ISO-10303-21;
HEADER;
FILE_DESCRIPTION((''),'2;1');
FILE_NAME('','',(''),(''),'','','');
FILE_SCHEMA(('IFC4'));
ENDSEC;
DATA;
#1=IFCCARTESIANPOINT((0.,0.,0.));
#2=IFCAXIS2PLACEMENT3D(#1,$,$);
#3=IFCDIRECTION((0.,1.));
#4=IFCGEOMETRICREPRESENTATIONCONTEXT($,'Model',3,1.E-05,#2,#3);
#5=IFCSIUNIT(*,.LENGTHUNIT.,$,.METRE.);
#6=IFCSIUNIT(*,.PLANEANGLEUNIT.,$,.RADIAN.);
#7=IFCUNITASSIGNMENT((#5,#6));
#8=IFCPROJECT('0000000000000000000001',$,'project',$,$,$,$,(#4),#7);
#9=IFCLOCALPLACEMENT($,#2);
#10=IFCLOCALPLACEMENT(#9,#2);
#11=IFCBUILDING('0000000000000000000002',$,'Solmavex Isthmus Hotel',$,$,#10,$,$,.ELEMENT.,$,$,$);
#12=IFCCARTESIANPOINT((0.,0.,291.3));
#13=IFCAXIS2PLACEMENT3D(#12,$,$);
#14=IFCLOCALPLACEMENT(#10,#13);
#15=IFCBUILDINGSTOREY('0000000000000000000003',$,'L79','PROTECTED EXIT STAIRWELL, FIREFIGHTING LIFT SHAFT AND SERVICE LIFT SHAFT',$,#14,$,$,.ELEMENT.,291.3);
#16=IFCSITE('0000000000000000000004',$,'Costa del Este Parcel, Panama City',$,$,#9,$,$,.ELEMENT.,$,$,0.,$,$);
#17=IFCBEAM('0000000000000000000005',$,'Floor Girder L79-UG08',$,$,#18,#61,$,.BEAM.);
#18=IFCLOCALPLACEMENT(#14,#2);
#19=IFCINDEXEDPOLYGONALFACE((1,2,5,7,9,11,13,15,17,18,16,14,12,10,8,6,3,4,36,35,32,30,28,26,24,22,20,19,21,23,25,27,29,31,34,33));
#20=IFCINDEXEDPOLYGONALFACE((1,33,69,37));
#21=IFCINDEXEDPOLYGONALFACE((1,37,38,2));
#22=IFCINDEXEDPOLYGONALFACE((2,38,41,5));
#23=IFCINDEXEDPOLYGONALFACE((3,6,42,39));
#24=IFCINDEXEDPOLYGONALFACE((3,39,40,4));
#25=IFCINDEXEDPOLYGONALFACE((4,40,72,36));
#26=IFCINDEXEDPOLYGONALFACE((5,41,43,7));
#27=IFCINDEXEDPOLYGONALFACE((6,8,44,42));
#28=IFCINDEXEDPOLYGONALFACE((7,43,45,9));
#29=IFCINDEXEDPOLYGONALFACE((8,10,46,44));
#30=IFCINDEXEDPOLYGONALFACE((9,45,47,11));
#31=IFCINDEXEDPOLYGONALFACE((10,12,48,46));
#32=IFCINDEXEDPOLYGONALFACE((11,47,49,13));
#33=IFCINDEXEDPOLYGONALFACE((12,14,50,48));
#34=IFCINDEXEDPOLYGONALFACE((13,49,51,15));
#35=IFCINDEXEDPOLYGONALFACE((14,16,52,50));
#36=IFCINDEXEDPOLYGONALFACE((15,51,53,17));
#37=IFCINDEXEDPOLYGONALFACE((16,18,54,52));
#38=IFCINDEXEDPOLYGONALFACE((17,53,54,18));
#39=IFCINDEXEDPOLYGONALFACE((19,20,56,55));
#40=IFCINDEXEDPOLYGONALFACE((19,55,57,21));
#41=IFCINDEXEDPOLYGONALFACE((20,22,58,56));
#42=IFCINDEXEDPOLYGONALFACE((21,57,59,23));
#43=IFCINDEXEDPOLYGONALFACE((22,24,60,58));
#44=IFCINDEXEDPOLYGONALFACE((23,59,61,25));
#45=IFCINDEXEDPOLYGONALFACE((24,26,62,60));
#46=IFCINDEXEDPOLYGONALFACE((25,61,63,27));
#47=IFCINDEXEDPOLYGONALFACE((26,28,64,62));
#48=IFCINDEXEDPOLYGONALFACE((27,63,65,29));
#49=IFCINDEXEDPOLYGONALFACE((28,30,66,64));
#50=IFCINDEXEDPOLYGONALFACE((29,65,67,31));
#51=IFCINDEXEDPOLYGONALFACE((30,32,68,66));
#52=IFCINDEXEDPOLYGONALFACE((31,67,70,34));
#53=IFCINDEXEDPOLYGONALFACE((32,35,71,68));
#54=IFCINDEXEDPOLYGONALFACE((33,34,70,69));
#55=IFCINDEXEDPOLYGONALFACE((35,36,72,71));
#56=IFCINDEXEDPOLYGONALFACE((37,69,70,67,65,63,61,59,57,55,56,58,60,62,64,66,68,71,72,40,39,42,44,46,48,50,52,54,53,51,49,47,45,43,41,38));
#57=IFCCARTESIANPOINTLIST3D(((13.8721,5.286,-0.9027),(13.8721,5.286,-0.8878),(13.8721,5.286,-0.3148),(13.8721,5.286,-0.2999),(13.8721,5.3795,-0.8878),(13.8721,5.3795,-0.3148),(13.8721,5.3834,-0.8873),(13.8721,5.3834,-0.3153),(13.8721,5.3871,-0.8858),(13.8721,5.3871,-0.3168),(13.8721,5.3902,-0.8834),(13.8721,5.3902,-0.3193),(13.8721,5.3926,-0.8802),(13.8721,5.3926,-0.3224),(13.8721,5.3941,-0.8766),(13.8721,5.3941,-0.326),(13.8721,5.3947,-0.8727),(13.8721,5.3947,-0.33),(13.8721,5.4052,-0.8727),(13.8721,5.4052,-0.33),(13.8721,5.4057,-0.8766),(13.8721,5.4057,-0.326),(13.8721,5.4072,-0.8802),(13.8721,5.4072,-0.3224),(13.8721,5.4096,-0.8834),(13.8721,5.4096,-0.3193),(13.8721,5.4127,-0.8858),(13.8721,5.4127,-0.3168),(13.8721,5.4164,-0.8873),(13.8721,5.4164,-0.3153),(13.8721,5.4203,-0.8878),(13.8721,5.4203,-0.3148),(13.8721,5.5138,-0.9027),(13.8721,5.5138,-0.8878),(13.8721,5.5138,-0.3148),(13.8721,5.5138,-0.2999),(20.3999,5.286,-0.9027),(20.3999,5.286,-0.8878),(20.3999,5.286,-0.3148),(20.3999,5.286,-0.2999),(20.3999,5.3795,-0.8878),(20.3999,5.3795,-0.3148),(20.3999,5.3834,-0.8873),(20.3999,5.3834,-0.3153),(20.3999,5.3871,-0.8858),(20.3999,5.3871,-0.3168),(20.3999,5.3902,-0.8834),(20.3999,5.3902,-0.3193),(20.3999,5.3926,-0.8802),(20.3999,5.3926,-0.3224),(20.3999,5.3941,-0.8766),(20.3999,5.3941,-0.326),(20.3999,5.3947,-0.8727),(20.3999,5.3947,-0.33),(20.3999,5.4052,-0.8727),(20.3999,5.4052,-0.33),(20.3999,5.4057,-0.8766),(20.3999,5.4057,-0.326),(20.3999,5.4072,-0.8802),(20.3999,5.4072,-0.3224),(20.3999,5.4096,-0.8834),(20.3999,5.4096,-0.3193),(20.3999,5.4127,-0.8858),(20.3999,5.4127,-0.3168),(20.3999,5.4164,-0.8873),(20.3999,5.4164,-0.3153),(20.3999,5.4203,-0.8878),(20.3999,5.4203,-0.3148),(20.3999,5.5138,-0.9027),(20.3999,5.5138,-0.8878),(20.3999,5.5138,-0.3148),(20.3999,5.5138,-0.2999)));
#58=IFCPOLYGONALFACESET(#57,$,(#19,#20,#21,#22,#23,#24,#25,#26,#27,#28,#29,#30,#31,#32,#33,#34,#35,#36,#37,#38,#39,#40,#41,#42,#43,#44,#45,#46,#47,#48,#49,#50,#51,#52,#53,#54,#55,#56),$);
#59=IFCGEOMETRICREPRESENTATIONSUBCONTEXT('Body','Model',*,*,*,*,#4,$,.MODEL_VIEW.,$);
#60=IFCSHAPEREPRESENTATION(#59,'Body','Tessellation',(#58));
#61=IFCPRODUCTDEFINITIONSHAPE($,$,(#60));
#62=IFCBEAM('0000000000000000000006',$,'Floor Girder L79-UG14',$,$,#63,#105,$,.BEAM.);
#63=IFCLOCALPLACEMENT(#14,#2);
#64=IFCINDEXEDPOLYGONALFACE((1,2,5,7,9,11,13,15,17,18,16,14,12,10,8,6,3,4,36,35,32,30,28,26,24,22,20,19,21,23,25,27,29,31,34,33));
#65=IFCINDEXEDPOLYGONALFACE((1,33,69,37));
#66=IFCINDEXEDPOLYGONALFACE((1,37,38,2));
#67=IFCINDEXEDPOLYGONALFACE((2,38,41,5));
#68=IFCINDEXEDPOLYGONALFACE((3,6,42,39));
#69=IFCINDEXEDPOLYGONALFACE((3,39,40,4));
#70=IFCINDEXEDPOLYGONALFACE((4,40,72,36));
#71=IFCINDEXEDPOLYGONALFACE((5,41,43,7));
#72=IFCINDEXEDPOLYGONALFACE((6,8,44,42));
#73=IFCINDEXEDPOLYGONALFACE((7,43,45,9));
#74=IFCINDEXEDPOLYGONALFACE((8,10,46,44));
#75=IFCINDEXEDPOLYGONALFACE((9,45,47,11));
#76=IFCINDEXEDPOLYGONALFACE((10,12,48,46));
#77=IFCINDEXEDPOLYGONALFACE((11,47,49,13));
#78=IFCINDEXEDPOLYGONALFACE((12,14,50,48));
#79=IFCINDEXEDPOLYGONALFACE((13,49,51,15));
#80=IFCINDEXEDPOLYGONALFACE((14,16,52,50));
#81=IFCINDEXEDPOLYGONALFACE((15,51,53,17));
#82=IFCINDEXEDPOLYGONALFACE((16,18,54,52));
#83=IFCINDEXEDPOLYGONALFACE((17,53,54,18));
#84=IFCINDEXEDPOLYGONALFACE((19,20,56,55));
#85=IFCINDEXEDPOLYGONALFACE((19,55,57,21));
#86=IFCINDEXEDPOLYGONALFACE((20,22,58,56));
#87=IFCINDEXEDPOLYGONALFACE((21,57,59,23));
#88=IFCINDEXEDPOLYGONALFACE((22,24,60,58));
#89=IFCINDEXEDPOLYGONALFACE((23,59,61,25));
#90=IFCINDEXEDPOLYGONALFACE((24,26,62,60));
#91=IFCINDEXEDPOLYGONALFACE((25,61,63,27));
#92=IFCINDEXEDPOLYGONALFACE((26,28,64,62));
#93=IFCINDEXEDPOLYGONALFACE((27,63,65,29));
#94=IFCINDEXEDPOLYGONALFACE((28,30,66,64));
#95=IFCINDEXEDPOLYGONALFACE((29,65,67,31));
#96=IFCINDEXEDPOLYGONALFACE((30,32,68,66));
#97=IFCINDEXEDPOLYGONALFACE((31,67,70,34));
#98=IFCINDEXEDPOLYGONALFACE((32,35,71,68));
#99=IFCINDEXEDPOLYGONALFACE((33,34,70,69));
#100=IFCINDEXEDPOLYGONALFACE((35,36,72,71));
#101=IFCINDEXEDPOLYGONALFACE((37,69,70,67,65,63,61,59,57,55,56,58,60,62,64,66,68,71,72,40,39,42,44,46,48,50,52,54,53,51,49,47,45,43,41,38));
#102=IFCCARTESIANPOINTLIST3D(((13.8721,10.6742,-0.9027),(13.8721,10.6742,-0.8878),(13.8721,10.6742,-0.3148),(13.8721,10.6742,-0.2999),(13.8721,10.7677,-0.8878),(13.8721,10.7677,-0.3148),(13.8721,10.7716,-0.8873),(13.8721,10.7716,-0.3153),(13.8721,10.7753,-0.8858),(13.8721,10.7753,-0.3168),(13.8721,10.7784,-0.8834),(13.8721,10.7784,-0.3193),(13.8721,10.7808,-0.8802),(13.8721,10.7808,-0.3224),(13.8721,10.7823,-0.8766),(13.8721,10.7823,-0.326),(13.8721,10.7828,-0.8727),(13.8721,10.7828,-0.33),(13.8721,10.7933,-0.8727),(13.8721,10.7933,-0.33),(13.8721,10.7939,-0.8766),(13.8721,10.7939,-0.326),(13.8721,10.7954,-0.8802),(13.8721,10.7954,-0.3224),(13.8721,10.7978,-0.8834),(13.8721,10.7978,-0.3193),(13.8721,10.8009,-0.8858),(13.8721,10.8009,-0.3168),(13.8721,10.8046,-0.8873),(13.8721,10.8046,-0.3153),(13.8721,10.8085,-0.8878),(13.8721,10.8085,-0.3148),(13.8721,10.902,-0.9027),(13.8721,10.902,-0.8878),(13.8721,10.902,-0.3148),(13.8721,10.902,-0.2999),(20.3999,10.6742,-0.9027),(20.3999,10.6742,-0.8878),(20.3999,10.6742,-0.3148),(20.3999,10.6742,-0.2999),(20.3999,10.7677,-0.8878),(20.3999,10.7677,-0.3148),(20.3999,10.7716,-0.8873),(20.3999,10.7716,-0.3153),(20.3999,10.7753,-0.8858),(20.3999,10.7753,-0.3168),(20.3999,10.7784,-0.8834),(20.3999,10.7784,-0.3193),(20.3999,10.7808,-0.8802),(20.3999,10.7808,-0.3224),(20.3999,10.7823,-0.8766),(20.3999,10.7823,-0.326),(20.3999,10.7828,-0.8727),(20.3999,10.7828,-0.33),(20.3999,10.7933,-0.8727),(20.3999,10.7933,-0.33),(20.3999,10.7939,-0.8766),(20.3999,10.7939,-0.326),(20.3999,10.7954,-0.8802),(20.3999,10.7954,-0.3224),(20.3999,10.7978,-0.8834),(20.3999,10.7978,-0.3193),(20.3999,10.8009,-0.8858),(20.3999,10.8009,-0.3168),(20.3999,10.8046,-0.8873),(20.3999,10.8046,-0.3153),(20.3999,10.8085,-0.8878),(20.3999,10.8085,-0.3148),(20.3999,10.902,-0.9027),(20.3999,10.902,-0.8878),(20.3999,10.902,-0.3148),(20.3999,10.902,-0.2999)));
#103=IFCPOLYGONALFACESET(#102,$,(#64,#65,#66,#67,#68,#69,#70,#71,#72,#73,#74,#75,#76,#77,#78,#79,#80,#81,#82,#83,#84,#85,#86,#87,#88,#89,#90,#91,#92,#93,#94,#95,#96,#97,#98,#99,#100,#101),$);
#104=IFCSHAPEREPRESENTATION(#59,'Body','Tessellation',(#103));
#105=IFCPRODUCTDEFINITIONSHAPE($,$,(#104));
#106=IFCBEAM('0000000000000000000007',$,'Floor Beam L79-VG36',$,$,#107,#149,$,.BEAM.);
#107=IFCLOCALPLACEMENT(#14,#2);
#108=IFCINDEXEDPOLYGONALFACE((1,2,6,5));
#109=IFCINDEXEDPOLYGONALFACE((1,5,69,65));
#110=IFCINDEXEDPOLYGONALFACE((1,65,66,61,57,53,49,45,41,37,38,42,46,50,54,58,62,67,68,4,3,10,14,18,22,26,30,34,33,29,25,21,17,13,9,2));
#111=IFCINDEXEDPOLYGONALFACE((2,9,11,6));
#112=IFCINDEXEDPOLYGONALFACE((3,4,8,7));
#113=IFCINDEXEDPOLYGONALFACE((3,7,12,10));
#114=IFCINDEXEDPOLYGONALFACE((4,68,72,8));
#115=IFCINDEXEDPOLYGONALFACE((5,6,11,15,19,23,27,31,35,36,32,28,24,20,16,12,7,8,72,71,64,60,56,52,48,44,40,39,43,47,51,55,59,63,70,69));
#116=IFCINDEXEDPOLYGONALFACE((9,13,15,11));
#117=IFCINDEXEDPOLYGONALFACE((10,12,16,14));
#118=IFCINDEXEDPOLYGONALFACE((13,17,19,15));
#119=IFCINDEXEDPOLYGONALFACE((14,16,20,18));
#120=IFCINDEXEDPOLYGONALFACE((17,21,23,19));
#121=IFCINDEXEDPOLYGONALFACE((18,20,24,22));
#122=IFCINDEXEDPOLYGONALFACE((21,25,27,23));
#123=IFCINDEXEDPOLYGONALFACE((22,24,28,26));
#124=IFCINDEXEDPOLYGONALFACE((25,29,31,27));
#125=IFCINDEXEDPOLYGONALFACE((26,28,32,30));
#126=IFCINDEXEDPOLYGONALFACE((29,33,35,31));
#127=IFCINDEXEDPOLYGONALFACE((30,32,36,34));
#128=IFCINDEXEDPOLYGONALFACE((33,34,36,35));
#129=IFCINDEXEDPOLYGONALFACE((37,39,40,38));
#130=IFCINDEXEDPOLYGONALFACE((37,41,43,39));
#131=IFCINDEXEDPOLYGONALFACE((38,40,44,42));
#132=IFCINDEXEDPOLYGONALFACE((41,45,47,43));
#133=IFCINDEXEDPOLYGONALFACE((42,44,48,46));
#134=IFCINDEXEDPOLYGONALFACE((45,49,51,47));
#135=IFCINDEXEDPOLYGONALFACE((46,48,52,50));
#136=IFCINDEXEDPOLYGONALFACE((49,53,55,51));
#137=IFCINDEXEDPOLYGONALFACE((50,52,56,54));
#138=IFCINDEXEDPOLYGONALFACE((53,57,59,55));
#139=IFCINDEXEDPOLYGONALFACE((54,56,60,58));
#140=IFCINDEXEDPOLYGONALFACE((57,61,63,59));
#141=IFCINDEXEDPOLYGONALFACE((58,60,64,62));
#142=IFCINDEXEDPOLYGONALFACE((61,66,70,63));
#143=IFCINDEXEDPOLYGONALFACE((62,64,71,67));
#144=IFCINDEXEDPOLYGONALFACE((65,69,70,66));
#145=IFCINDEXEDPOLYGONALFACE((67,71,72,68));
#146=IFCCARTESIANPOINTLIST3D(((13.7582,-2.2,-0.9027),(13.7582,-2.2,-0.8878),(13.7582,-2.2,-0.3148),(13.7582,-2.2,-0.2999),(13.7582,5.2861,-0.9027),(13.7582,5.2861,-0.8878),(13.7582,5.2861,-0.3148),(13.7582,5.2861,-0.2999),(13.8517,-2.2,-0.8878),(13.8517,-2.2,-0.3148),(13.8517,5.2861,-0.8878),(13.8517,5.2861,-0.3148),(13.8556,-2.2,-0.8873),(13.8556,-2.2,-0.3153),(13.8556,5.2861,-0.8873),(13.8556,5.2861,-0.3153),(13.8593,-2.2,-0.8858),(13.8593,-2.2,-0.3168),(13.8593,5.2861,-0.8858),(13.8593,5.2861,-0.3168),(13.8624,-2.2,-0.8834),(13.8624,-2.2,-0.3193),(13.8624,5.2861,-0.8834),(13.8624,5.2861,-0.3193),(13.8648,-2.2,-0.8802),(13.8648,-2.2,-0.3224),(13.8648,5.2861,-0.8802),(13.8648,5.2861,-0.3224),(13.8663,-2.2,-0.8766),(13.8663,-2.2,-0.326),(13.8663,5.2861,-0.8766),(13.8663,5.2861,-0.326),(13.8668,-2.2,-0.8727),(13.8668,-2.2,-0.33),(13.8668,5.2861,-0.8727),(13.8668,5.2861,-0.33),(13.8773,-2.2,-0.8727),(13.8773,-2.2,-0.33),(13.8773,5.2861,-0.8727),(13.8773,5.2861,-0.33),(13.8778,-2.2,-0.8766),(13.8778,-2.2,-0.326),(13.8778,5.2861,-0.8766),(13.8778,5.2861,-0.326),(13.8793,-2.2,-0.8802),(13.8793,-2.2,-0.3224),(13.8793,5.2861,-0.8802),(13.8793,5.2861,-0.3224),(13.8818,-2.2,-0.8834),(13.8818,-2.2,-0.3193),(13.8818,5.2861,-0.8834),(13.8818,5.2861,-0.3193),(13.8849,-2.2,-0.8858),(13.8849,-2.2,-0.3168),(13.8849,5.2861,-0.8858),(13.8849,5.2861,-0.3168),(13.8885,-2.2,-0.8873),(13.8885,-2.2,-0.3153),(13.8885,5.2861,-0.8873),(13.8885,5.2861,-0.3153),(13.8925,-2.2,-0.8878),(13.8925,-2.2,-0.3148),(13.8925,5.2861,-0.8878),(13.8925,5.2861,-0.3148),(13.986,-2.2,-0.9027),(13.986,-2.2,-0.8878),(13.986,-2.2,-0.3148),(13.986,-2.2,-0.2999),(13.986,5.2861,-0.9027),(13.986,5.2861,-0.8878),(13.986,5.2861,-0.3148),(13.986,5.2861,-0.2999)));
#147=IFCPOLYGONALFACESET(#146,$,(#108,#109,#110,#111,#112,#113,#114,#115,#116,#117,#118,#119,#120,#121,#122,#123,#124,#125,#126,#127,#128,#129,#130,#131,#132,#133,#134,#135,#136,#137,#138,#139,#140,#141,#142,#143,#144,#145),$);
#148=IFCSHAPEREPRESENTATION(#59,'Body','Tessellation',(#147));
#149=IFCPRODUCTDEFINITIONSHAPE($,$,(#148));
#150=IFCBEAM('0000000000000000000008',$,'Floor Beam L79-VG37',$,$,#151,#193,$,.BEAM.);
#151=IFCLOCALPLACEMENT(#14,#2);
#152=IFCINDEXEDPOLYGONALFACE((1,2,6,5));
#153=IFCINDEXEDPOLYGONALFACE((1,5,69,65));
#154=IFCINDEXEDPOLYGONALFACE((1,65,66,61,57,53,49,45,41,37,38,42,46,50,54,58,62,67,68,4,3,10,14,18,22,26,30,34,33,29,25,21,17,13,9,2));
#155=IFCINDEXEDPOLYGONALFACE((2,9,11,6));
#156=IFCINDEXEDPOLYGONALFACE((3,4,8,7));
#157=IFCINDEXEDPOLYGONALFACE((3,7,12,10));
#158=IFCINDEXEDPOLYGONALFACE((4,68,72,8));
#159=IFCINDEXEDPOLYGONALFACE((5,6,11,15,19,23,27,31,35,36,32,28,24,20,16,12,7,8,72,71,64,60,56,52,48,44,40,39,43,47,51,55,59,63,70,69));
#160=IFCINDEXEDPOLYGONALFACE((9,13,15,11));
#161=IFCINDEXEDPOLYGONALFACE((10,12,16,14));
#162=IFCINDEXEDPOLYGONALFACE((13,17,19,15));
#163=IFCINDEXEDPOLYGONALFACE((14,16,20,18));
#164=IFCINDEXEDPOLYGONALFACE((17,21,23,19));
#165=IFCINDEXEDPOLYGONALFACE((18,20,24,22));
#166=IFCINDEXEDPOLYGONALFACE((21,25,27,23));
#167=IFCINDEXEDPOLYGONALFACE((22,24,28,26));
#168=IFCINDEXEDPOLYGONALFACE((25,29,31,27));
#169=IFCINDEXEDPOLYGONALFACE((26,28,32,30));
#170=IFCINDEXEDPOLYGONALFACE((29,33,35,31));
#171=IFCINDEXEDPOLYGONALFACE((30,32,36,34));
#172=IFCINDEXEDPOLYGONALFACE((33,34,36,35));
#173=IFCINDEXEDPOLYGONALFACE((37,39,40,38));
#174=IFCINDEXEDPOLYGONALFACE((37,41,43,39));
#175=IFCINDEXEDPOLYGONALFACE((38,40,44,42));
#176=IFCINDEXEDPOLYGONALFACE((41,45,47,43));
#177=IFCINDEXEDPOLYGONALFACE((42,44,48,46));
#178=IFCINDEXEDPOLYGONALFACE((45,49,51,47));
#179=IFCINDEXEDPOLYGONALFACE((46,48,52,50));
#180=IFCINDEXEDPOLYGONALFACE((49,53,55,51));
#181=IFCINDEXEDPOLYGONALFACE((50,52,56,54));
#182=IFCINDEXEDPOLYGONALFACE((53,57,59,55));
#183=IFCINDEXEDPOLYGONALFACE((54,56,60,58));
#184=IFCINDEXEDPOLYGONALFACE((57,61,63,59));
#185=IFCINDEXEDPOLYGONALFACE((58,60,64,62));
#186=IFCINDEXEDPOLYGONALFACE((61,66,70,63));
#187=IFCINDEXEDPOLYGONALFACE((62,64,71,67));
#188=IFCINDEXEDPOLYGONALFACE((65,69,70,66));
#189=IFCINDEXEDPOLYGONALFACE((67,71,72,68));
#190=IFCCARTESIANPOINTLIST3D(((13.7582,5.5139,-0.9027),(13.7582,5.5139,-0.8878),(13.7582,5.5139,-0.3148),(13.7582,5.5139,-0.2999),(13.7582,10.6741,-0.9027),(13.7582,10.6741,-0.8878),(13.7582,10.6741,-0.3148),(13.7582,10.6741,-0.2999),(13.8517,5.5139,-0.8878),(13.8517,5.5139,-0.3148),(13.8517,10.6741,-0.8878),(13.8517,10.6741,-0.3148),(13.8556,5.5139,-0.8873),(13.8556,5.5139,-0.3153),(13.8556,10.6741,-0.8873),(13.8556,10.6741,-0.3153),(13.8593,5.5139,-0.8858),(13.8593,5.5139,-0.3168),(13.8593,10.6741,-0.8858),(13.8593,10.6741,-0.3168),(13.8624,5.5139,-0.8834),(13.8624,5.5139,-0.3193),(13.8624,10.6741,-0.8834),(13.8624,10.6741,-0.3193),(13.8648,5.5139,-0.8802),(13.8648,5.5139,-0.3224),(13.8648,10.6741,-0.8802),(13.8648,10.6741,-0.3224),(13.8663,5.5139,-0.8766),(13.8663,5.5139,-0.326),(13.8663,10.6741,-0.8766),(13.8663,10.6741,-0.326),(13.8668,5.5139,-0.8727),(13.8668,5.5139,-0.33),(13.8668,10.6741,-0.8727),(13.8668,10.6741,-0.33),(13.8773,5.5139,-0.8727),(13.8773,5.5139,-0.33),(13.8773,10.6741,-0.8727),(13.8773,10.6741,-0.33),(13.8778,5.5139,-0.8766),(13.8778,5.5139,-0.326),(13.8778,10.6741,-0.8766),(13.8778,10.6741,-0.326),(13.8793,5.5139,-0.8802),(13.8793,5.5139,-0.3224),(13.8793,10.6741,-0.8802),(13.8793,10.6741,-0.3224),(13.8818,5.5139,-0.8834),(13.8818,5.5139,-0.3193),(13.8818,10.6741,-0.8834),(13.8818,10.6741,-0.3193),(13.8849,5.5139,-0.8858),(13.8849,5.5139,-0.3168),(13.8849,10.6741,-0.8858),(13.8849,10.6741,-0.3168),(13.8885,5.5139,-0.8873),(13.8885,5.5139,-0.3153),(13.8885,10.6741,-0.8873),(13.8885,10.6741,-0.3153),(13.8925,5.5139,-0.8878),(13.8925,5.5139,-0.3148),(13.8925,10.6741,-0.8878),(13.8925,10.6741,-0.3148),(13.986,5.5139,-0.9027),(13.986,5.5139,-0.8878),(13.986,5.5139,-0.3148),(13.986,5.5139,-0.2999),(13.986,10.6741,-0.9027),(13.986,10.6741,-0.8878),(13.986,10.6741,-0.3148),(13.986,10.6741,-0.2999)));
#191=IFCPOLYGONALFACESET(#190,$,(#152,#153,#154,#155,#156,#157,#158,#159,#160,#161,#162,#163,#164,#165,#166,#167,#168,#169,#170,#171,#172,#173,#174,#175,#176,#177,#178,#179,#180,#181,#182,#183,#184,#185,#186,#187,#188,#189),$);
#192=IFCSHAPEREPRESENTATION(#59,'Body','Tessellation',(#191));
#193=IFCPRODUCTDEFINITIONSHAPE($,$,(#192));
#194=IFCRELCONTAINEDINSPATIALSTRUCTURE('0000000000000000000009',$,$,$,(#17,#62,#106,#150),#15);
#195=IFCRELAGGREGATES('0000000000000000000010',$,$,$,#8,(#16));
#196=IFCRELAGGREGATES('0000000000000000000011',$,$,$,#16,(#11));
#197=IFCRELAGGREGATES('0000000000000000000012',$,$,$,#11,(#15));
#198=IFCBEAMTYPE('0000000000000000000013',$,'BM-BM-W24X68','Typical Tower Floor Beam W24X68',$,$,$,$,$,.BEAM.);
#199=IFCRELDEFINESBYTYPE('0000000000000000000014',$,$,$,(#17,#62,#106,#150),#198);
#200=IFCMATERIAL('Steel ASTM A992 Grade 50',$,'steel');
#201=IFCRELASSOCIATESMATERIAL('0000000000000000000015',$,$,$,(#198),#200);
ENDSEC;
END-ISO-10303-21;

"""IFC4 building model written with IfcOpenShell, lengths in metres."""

from ifc_helpers import new_model, si_unit, direction, frame, origin, origin_2d, place, context, subcontext, project, spatial, i_section, extrude, material, material_profile, profile_set, type_object, element, save


model = new_model("IFC4")

# Units and contexts
model_context = context("Model", 3, precision=1e-05, world=origin(), true_north=direction((0.0, 1.0)))
body_context = subcontext(model_context, "Body", "Model", "MODEL_VIEW")
ifc_project = project(units=[si_unit("LENGTHUNIT", "METRE"), si_unit("PLANEANGLEUNIT", "RADIAN")], contexts=[model_context])

# Site, building, storey
site_placement = place(None, origin())
site = spatial("IfcSite", under=ifc_project, at=site_placement, Name="Costa del Este Parcel, Panama City", CompositionType="ELEMENT", RefElevation=0.0)
building_placement = place(site_placement, origin())
building = spatial("IfcBuilding", under=site, at=building_placement, Name="Solmavex Isthmus Hotel", CompositionType="ELEMENT")
storey_placement = place(building_placement, frame((0.0, 0.0, 291.3)))
storey = spatial("IfcBuildingStorey", under=building, at=storey_placement, Name="L79", Description="PROTECTED EXIT STAIRWELL, FIREFIGHTING LIFT SHAFT AND SERVICE LIFT SHAFT", CompositionType="ELEMENT", Elevation=291.3)

# Beams
ifc_material_1 = material(Name="Steel ASTM A992 Grade 50", Category="steel")
ifc_material_profile_1 = material_profile(ifc_material_1, i_section(OverallWidth=0.2278, OverallDepth=0.6028, WebThickness=0.0105, FlangeThickness=0.0149, FilletRadius=0.0151, at=origin_2d()), Name="W24X68")
ifc_profile_set_1 = profile_set([ifc_material_profile_1], Name="Steel ASTM A992 Grade 50")
beam_type_1 = type_object("IfcBeamType", Name="BM-BM-W24X68", Description="Typical Tower Floor Beam W24X68", PredefinedType="BEAM", material=ifc_profile_set_1)
for number, where, z_axis, x_axis, name in (
    (1, (13.8721, 5.3999, -0.6013), (1.0, 0.0, 0.0), (0.0, 1.0, 0.0), "Floor Girder L79-UG08"),
    (2, (13.8721, 10.7881, -0.6013), (1.0, 0.0, 0.0), (0.0, 1.0, 0.0), "Floor Girder L79-UG14"),
):
    element("IfcBeam", number, at=place(storey_placement, frame(where, z_axis=z_axis, x_axis=x_axis)), inside=storey, type_object=beam_type_1, Name=name, PredefinedType="BEAM", context=body_context, shape_type="SweptSolid", body=[
        extrude(i_section(OverallWidth=0.2278, OverallDepth=0.6028, WebThickness=0.0105, FlangeThickness=0.0149, FilletRadius=0.0151, at=origin_2d()), origin(), (0.0, 0.0, 1.0), 6.5278),
    ])
beam_1_placement = place(storey_placement, frame((13.8721, -2.2, -0.6013), z_axis=(0.0, 1.0, 0.0), x_axis=(-1.0, 0.0, 0.0)))
element("IfcBeam", 3, at=beam_1_placement, inside=storey, type_object=beam_type_1, Name="Floor Beam L79-VG36", PredefinedType="BEAM", context=body_context, shape_type="SweptSolid", body=[
    extrude(i_section(OverallWidth=0.2278, OverallDepth=0.6028, WebThickness=0.0105, FlangeThickness=0.0149, FilletRadius=0.0151, at=origin_2d()), origin(), (0.0, 0.0, 1.0), 7.4861),
])
beam_2_placement = place(storey_placement, frame((13.8721, 5.5139, -0.6013), z_axis=(0.0, 1.0, 0.0), x_axis=(-1.0, 0.0, 0.0)))
element("IfcBeam", 4, at=beam_2_placement, inside=storey, type_object=beam_type_1, Name="Floor Beam L79-VG37", PredefinedType="BEAM", context=body_context, shape_type="SweptSolid", body=[
    extrude(i_section(OverallWidth=0.2278, OverallDepth=0.6028, WebThickness=0.0105, FlangeThickness=0.0149, FilletRadius=0.0151, at=origin_2d()), origin(), (0.0, 0.0, 1.0), 5.1602),
])

save(model, "model.ifc")
